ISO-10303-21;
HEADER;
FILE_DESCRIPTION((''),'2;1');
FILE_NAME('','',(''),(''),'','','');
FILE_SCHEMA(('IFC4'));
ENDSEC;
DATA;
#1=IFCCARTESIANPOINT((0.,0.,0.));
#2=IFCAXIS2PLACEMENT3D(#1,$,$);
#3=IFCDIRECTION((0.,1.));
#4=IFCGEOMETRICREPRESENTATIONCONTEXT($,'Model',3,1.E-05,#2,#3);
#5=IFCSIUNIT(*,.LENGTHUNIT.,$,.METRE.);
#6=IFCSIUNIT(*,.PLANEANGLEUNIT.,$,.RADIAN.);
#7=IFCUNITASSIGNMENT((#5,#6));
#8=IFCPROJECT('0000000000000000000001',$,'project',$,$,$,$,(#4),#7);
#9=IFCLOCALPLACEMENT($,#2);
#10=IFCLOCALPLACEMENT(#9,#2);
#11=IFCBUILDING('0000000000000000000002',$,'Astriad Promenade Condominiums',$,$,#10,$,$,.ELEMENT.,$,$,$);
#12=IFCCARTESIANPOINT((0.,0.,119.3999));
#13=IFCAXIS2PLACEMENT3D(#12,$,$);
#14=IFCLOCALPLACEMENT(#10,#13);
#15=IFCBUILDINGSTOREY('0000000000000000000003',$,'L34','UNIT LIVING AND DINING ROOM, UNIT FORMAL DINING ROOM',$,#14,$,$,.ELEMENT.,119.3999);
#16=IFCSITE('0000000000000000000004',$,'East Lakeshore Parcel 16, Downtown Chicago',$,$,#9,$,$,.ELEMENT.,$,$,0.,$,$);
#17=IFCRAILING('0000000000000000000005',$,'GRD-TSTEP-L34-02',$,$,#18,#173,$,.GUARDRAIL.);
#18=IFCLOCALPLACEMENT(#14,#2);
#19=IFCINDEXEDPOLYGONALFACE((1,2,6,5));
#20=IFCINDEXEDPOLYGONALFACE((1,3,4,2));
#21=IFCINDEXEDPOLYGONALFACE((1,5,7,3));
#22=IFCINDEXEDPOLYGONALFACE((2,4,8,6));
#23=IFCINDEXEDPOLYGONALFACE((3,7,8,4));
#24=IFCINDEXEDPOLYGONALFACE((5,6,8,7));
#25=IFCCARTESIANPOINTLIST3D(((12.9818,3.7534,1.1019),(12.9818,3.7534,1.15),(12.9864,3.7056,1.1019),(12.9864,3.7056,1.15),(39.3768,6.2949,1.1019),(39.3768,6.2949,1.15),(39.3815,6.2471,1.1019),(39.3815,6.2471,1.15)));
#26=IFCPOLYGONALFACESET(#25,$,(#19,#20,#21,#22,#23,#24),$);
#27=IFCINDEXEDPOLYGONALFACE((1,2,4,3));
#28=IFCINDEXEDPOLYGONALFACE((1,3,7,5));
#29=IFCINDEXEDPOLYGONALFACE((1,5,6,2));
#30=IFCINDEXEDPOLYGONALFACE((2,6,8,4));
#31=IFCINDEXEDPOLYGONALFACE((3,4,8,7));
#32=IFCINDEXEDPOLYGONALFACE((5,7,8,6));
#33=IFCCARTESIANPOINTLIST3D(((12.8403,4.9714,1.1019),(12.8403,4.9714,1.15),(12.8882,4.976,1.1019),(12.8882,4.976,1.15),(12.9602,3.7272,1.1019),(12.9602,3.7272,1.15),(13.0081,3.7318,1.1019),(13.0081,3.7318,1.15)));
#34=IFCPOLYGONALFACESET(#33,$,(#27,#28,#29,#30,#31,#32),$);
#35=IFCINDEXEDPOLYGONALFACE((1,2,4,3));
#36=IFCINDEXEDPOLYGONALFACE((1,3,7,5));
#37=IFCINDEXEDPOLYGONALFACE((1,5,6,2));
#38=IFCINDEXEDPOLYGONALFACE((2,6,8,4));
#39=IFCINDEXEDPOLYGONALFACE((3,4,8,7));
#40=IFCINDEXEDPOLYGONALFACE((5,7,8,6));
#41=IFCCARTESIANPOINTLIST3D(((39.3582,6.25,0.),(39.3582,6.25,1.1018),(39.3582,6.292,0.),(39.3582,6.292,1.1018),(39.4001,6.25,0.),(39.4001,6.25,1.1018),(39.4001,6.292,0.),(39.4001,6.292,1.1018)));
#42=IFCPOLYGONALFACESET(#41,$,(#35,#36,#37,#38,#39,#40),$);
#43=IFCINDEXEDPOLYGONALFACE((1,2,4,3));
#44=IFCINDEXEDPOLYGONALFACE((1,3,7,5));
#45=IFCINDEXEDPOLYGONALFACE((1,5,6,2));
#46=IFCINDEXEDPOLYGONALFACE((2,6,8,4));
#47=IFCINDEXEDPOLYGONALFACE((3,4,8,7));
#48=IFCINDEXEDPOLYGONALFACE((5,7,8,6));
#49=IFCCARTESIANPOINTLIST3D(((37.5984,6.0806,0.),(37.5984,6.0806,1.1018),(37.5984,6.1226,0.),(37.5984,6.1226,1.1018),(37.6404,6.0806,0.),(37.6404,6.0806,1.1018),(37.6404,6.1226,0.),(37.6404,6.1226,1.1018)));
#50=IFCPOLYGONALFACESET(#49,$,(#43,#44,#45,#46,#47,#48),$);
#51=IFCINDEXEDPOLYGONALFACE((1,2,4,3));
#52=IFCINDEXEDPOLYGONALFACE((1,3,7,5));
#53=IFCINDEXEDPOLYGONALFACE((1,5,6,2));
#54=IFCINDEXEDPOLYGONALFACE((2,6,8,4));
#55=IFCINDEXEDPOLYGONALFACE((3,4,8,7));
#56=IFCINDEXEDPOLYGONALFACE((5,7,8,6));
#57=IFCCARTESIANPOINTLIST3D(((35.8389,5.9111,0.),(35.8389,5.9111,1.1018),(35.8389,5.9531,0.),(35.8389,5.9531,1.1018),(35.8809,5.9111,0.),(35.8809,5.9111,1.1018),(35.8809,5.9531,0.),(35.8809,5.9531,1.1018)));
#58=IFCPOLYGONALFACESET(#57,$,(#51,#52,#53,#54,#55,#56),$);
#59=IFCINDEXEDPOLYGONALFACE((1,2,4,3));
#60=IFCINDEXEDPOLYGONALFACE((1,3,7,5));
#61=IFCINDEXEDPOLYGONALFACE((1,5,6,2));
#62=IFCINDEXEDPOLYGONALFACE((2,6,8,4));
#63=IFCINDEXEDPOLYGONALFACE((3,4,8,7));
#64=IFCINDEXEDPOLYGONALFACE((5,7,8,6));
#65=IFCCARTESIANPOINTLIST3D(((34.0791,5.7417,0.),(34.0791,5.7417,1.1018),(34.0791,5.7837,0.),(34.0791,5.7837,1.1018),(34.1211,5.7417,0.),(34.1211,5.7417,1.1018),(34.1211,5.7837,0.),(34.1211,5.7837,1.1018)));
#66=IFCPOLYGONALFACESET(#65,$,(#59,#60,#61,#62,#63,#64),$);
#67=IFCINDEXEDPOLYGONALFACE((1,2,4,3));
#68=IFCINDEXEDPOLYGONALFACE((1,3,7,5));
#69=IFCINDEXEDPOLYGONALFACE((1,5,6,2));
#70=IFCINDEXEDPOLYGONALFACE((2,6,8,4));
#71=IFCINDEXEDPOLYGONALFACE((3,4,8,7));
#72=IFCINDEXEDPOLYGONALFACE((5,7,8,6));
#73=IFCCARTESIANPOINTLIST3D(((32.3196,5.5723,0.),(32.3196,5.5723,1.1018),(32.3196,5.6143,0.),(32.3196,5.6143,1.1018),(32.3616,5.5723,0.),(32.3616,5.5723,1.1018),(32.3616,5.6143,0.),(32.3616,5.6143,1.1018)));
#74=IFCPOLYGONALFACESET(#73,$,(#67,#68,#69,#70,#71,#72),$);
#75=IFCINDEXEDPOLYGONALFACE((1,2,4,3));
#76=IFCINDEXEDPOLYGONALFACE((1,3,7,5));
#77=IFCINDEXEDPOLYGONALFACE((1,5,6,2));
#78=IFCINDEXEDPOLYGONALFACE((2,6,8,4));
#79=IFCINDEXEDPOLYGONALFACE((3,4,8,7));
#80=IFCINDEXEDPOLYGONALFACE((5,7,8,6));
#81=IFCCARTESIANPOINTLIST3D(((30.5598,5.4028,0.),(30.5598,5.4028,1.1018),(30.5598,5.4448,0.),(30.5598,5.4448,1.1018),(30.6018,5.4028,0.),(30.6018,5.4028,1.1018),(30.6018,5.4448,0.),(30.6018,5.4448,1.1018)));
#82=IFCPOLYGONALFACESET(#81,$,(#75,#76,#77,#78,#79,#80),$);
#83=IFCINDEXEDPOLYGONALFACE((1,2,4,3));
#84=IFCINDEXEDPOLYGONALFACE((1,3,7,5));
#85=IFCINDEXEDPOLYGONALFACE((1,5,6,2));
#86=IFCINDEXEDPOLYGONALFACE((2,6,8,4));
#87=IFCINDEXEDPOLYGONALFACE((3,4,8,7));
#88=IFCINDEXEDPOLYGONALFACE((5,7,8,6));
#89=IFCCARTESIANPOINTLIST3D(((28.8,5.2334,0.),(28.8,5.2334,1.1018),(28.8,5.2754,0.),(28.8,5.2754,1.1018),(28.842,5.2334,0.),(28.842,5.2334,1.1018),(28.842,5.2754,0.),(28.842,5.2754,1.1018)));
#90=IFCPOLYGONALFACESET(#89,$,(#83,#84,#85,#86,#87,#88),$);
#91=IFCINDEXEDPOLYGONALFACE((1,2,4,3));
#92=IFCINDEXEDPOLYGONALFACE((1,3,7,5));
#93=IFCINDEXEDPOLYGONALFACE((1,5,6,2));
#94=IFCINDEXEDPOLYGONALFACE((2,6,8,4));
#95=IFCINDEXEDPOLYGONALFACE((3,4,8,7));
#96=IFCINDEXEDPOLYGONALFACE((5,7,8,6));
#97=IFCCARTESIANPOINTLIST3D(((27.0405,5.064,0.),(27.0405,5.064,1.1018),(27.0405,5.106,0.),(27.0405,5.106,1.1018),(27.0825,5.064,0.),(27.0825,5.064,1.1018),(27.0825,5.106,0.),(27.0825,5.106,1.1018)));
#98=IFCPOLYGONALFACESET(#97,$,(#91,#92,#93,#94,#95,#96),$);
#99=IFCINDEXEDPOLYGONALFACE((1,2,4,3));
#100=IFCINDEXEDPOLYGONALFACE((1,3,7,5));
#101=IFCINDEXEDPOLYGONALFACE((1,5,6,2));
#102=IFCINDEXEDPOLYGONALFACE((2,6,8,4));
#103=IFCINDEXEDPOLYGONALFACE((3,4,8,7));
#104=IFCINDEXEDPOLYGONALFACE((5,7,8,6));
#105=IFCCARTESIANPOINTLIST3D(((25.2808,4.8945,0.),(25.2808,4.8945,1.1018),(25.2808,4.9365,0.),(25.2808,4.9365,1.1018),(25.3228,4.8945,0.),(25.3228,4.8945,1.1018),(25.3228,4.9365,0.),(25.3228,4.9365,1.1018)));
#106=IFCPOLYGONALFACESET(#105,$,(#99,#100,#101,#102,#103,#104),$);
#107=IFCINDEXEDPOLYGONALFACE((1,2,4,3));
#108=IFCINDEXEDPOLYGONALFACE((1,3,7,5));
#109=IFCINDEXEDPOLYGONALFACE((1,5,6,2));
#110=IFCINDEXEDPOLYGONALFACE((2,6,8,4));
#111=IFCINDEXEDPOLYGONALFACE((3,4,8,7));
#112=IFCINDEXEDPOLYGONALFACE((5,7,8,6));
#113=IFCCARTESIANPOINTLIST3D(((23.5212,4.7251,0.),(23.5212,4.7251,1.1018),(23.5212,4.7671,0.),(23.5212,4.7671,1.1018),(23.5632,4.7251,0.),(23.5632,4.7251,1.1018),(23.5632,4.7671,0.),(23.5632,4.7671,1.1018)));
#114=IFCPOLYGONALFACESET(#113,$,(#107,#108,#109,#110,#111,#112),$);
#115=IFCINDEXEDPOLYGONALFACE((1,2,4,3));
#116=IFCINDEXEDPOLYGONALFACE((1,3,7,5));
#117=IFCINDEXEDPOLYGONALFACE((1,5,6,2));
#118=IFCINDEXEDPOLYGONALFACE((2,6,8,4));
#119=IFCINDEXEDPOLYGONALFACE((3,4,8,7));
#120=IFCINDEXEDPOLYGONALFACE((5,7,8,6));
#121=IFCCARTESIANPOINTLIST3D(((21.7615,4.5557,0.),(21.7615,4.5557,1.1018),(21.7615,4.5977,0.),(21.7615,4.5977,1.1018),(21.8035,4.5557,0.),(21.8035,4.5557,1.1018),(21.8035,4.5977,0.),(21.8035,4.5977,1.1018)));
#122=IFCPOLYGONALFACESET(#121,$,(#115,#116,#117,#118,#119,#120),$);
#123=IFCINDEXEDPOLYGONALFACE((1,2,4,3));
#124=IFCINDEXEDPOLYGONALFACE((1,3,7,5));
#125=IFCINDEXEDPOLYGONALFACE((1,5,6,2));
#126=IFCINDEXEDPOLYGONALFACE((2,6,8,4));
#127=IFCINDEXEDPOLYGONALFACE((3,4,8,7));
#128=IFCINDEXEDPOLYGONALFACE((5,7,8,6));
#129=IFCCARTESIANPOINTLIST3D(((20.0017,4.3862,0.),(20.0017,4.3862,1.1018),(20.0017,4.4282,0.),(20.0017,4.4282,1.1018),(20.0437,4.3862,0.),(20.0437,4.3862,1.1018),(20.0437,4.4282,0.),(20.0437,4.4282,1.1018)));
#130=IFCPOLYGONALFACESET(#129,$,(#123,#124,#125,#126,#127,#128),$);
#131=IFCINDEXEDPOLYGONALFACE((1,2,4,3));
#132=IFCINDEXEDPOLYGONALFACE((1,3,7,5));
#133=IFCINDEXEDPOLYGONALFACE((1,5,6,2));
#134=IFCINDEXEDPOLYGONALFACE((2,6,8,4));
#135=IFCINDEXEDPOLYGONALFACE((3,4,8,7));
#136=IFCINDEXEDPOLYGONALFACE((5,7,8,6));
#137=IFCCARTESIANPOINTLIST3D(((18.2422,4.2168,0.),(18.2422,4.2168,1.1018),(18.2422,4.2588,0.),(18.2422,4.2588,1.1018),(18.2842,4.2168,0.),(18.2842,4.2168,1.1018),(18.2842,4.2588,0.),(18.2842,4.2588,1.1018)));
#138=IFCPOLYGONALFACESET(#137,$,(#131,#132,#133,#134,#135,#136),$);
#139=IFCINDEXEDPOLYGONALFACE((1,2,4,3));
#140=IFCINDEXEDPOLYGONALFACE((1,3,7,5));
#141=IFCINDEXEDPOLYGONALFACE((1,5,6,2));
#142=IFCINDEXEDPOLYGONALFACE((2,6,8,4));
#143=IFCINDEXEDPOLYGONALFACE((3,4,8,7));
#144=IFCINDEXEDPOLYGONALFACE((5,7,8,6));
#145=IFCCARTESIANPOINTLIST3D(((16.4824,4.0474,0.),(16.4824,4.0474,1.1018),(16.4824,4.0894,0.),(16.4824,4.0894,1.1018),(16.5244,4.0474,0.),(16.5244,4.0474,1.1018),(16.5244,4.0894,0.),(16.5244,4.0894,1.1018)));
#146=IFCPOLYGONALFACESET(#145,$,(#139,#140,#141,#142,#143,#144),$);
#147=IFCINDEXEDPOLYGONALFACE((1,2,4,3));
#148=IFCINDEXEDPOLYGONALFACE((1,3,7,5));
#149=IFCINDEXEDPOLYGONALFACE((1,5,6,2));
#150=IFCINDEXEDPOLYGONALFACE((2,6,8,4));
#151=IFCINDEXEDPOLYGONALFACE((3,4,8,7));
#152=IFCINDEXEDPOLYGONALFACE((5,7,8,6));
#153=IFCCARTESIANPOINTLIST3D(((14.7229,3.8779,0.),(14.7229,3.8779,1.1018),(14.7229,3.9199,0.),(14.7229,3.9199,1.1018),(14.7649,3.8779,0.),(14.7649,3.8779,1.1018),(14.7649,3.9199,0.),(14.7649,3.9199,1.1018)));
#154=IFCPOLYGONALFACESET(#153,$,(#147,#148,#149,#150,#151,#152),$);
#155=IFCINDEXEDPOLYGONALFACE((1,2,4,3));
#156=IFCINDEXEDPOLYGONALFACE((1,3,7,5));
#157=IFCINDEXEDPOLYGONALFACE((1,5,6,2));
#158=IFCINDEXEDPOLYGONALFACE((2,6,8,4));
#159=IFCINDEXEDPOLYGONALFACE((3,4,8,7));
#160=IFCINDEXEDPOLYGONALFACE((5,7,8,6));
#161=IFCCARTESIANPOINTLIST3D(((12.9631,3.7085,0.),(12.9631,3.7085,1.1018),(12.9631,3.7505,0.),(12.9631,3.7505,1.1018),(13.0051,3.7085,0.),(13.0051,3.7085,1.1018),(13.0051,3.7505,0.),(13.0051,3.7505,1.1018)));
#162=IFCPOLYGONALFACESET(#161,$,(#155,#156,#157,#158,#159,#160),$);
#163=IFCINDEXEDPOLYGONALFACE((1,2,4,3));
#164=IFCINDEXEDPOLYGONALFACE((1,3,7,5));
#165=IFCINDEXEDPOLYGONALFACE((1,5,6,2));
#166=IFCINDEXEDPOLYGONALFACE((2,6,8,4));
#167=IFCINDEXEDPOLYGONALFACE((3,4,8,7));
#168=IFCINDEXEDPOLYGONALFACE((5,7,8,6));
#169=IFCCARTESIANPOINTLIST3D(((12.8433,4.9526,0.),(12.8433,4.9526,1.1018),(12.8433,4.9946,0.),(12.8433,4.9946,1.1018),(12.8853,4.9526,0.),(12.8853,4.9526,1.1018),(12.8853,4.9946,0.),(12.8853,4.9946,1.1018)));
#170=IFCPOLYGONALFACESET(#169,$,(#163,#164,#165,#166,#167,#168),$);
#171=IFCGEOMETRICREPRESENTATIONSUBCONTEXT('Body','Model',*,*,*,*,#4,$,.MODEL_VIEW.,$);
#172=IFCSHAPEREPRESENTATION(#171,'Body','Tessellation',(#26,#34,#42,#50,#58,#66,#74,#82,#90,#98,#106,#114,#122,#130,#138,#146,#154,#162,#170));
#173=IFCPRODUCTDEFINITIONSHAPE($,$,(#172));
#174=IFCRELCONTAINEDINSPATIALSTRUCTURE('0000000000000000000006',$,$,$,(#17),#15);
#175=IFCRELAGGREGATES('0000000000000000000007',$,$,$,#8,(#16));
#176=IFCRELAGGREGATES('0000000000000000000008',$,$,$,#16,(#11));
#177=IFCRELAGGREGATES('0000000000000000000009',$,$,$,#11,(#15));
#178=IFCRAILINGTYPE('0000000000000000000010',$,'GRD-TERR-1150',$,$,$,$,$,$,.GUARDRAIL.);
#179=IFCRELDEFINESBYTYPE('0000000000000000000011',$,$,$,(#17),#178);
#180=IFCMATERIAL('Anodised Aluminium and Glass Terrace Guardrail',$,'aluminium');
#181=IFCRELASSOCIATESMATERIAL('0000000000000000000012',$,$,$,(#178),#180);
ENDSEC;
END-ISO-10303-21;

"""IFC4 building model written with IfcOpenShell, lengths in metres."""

from ifc_helpers import new_model, si_unit, direction, frame, origin, origin_2d, place, context, subcontext, project, spatial, rectangle, extrude, source, transform, mapped, material, type_object, type_shapes, element, save


model = new_model("IFC4")

# Units and contexts
model_context = context("Model", 3, precision=1e-05, world=origin(), true_north=direction((0.0, 1.0)))
body_context = subcontext(model_context, "Body", "Model", "MODEL_VIEW")
ifc_project = project(units=[si_unit("LENGTHUNIT", "METRE"), si_unit("PLANEANGLEUNIT", "RADIAN")], contexts=[model_context])

# Site, building, storey
site_placement = place(None, origin())
site = spatial("IfcSite", under=ifc_project, at=site_placement, Name="East Lakeshore Parcel 16, Downtown Chicago", CompositionType="ELEMENT", RefElevation=0.0)
building_placement = place(site_placement, origin())
building = spatial("IfcBuilding", under=site, at=building_placement, Name="Astriad Promenade Condominiums", CompositionType="ELEMENT")
storey_placement = place(building_placement, frame((0.0, 0.0, 119.3999)))
storey = spatial("IfcBuildingStorey", under=building, at=storey_placement, Name="L34", Description="UNIT LIVING AND DINING ROOM, UNIT FORMAL DINING ROOM", CompositionType="ELEMENT", Elevation=119.3999)

# Railing
ifc_material_1 = material(Name="Anodised Aluminium and Glass Terrace Guardrail", Category="aluminium")
railing_type = type_object("IfcRailingType", Name="GRD-TERR-1150", PredefinedType="GUARDRAIL", material=ifc_material_1)
shared_shape_1 = source(origin(), body_context, "Body", "SweptSolid", [
    extrude(rectangle(XDim=0.0481, YDim=0.0481, at=origin_2d()), frame((0.0, 0.0, 1.126), z_axis=(-0.995396, -0.095844, 0.0), x_axis=(0.095844, -0.995396, 0.0)), (0.0, 0.0, 1.0), 26.5171),
    extrude(rectangle(XDim=0.0481, YDim=0.0481, at=origin_2d()), frame((-26.395, -2.5415, 1.126), z_axis=(-0.095906, 0.99539, 0.0), x_axis=(-0.99539, -0.095906, 0.0)), (0.0, 0.0, 1.0), 1.25),
    extrude(rectangle(XDim=0.042, YDim=0.042, at=origin_2d()), origin(), (0.0, 0.0, 1.0), 1.1018),
    extrude(rectangle(XDim=0.042, YDim=0.042, at=origin_2d()), frame((-1.7598, -0.1694, 0.0)), (0.0, 0.0, 1.0), 1.1018),
    extrude(rectangle(XDim=0.042, YDim=0.042, at=origin_2d()), frame((-3.5193, -0.3389, 0.0)), (0.0, 0.0, 1.0), 1.1018),
    extrude(rectangle(XDim=0.042, YDim=0.042, at=origin_2d()), frame((-5.2791, -0.5083, 0.0)), (0.0, 0.0, 1.0), 1.1018),
    extrude(rectangle(XDim=0.042, YDim=0.042, at=origin_2d()), frame((-7.0386, -0.6777, 0.0)), (0.0, 0.0, 1.0), 1.1018),
    extrude(rectangle(XDim=0.042, YDim=0.042, at=origin_2d()), frame((-8.7983, -0.8472, 0.0)), (0.0, 0.0, 1.0), 1.1018),
    extrude(rectangle(XDim=0.042, YDim=0.042, at=origin_2d()), frame((-10.5581, -1.0166, 0.0)), (0.0, 0.0, 1.0), 1.1018),
    extrude(rectangle(XDim=0.042, YDim=0.042, at=origin_2d()), frame((-12.3176, -1.186, 0.0)), (0.0, 0.0, 1.0), 1.1018),
    extrude(rectangle(XDim=0.042, YDim=0.042, at=origin_2d()), frame((-14.0774, -1.3555, 0.0)), (0.0, 0.0, 1.0), 1.1018),
    extrude(rectangle(XDim=0.042, YDim=0.042, at=origin_2d()), frame((-15.8369, -1.5249, 0.0)), (0.0, 0.0, 1.0), 1.1018),
    extrude(rectangle(XDim=0.042, YDim=0.042, at=origin_2d()), frame((-17.5967, -1.6943, 0.0)), (0.0, 0.0, 1.0), 1.1018),
    extrude(rectangle(XDim=0.042, YDim=0.042, at=origin_2d()), frame((-19.3564, -1.8638, 0.0)), (0.0, 0.0, 1.0), 1.1018),
    extrude(rectangle(XDim=0.042, YDim=0.042, at=origin_2d()), frame((-21.116, -2.0332, 0.0)), (0.0, 0.0, 1.0), 1.1018),
    extrude(rectangle(XDim=0.042, YDim=0.042, at=origin_2d()), frame((-22.8757, -2.2026, 0.0)), (0.0, 0.0, 1.0), 1.1018),
    extrude(rectangle(XDim=0.042, YDim=0.042, at=origin_2d()), frame((-24.6353, -2.3721, 0.0)), (0.0, 0.0, 1.0), 1.1018),
    extrude(rectangle(XDim=0.042, YDim=0.042, at=origin_2d()), frame((-26.395, -2.5415, 0.0)), (0.0, 0.0, 1.0), 1.1018),
    extrude(rectangle(XDim=0.042, YDim=0.042, at=origin_2d()), frame((-26.5149, -1.2974, 0.0)), (0.0, 0.0, 1.0), 1.1018),
])
type_shapes(railing_type, [shared_shape_1])
railing_placement = place(storey_placement, frame((39.3792, 6.271, 0.0)))
element("IfcRailing", 1, at=railing_placement, inside=storey, type_object=railing_type, Name="GRD-TSTEP-L34-02", PredefinedType="GUARDRAIL", context=body_context, shape_type="MappedRepresentation", body=[
    mapped(shared_shape_1, transform((0.0, 0.0, 0.0), scale=1.0)),
])

save(model, "model.ifc")
